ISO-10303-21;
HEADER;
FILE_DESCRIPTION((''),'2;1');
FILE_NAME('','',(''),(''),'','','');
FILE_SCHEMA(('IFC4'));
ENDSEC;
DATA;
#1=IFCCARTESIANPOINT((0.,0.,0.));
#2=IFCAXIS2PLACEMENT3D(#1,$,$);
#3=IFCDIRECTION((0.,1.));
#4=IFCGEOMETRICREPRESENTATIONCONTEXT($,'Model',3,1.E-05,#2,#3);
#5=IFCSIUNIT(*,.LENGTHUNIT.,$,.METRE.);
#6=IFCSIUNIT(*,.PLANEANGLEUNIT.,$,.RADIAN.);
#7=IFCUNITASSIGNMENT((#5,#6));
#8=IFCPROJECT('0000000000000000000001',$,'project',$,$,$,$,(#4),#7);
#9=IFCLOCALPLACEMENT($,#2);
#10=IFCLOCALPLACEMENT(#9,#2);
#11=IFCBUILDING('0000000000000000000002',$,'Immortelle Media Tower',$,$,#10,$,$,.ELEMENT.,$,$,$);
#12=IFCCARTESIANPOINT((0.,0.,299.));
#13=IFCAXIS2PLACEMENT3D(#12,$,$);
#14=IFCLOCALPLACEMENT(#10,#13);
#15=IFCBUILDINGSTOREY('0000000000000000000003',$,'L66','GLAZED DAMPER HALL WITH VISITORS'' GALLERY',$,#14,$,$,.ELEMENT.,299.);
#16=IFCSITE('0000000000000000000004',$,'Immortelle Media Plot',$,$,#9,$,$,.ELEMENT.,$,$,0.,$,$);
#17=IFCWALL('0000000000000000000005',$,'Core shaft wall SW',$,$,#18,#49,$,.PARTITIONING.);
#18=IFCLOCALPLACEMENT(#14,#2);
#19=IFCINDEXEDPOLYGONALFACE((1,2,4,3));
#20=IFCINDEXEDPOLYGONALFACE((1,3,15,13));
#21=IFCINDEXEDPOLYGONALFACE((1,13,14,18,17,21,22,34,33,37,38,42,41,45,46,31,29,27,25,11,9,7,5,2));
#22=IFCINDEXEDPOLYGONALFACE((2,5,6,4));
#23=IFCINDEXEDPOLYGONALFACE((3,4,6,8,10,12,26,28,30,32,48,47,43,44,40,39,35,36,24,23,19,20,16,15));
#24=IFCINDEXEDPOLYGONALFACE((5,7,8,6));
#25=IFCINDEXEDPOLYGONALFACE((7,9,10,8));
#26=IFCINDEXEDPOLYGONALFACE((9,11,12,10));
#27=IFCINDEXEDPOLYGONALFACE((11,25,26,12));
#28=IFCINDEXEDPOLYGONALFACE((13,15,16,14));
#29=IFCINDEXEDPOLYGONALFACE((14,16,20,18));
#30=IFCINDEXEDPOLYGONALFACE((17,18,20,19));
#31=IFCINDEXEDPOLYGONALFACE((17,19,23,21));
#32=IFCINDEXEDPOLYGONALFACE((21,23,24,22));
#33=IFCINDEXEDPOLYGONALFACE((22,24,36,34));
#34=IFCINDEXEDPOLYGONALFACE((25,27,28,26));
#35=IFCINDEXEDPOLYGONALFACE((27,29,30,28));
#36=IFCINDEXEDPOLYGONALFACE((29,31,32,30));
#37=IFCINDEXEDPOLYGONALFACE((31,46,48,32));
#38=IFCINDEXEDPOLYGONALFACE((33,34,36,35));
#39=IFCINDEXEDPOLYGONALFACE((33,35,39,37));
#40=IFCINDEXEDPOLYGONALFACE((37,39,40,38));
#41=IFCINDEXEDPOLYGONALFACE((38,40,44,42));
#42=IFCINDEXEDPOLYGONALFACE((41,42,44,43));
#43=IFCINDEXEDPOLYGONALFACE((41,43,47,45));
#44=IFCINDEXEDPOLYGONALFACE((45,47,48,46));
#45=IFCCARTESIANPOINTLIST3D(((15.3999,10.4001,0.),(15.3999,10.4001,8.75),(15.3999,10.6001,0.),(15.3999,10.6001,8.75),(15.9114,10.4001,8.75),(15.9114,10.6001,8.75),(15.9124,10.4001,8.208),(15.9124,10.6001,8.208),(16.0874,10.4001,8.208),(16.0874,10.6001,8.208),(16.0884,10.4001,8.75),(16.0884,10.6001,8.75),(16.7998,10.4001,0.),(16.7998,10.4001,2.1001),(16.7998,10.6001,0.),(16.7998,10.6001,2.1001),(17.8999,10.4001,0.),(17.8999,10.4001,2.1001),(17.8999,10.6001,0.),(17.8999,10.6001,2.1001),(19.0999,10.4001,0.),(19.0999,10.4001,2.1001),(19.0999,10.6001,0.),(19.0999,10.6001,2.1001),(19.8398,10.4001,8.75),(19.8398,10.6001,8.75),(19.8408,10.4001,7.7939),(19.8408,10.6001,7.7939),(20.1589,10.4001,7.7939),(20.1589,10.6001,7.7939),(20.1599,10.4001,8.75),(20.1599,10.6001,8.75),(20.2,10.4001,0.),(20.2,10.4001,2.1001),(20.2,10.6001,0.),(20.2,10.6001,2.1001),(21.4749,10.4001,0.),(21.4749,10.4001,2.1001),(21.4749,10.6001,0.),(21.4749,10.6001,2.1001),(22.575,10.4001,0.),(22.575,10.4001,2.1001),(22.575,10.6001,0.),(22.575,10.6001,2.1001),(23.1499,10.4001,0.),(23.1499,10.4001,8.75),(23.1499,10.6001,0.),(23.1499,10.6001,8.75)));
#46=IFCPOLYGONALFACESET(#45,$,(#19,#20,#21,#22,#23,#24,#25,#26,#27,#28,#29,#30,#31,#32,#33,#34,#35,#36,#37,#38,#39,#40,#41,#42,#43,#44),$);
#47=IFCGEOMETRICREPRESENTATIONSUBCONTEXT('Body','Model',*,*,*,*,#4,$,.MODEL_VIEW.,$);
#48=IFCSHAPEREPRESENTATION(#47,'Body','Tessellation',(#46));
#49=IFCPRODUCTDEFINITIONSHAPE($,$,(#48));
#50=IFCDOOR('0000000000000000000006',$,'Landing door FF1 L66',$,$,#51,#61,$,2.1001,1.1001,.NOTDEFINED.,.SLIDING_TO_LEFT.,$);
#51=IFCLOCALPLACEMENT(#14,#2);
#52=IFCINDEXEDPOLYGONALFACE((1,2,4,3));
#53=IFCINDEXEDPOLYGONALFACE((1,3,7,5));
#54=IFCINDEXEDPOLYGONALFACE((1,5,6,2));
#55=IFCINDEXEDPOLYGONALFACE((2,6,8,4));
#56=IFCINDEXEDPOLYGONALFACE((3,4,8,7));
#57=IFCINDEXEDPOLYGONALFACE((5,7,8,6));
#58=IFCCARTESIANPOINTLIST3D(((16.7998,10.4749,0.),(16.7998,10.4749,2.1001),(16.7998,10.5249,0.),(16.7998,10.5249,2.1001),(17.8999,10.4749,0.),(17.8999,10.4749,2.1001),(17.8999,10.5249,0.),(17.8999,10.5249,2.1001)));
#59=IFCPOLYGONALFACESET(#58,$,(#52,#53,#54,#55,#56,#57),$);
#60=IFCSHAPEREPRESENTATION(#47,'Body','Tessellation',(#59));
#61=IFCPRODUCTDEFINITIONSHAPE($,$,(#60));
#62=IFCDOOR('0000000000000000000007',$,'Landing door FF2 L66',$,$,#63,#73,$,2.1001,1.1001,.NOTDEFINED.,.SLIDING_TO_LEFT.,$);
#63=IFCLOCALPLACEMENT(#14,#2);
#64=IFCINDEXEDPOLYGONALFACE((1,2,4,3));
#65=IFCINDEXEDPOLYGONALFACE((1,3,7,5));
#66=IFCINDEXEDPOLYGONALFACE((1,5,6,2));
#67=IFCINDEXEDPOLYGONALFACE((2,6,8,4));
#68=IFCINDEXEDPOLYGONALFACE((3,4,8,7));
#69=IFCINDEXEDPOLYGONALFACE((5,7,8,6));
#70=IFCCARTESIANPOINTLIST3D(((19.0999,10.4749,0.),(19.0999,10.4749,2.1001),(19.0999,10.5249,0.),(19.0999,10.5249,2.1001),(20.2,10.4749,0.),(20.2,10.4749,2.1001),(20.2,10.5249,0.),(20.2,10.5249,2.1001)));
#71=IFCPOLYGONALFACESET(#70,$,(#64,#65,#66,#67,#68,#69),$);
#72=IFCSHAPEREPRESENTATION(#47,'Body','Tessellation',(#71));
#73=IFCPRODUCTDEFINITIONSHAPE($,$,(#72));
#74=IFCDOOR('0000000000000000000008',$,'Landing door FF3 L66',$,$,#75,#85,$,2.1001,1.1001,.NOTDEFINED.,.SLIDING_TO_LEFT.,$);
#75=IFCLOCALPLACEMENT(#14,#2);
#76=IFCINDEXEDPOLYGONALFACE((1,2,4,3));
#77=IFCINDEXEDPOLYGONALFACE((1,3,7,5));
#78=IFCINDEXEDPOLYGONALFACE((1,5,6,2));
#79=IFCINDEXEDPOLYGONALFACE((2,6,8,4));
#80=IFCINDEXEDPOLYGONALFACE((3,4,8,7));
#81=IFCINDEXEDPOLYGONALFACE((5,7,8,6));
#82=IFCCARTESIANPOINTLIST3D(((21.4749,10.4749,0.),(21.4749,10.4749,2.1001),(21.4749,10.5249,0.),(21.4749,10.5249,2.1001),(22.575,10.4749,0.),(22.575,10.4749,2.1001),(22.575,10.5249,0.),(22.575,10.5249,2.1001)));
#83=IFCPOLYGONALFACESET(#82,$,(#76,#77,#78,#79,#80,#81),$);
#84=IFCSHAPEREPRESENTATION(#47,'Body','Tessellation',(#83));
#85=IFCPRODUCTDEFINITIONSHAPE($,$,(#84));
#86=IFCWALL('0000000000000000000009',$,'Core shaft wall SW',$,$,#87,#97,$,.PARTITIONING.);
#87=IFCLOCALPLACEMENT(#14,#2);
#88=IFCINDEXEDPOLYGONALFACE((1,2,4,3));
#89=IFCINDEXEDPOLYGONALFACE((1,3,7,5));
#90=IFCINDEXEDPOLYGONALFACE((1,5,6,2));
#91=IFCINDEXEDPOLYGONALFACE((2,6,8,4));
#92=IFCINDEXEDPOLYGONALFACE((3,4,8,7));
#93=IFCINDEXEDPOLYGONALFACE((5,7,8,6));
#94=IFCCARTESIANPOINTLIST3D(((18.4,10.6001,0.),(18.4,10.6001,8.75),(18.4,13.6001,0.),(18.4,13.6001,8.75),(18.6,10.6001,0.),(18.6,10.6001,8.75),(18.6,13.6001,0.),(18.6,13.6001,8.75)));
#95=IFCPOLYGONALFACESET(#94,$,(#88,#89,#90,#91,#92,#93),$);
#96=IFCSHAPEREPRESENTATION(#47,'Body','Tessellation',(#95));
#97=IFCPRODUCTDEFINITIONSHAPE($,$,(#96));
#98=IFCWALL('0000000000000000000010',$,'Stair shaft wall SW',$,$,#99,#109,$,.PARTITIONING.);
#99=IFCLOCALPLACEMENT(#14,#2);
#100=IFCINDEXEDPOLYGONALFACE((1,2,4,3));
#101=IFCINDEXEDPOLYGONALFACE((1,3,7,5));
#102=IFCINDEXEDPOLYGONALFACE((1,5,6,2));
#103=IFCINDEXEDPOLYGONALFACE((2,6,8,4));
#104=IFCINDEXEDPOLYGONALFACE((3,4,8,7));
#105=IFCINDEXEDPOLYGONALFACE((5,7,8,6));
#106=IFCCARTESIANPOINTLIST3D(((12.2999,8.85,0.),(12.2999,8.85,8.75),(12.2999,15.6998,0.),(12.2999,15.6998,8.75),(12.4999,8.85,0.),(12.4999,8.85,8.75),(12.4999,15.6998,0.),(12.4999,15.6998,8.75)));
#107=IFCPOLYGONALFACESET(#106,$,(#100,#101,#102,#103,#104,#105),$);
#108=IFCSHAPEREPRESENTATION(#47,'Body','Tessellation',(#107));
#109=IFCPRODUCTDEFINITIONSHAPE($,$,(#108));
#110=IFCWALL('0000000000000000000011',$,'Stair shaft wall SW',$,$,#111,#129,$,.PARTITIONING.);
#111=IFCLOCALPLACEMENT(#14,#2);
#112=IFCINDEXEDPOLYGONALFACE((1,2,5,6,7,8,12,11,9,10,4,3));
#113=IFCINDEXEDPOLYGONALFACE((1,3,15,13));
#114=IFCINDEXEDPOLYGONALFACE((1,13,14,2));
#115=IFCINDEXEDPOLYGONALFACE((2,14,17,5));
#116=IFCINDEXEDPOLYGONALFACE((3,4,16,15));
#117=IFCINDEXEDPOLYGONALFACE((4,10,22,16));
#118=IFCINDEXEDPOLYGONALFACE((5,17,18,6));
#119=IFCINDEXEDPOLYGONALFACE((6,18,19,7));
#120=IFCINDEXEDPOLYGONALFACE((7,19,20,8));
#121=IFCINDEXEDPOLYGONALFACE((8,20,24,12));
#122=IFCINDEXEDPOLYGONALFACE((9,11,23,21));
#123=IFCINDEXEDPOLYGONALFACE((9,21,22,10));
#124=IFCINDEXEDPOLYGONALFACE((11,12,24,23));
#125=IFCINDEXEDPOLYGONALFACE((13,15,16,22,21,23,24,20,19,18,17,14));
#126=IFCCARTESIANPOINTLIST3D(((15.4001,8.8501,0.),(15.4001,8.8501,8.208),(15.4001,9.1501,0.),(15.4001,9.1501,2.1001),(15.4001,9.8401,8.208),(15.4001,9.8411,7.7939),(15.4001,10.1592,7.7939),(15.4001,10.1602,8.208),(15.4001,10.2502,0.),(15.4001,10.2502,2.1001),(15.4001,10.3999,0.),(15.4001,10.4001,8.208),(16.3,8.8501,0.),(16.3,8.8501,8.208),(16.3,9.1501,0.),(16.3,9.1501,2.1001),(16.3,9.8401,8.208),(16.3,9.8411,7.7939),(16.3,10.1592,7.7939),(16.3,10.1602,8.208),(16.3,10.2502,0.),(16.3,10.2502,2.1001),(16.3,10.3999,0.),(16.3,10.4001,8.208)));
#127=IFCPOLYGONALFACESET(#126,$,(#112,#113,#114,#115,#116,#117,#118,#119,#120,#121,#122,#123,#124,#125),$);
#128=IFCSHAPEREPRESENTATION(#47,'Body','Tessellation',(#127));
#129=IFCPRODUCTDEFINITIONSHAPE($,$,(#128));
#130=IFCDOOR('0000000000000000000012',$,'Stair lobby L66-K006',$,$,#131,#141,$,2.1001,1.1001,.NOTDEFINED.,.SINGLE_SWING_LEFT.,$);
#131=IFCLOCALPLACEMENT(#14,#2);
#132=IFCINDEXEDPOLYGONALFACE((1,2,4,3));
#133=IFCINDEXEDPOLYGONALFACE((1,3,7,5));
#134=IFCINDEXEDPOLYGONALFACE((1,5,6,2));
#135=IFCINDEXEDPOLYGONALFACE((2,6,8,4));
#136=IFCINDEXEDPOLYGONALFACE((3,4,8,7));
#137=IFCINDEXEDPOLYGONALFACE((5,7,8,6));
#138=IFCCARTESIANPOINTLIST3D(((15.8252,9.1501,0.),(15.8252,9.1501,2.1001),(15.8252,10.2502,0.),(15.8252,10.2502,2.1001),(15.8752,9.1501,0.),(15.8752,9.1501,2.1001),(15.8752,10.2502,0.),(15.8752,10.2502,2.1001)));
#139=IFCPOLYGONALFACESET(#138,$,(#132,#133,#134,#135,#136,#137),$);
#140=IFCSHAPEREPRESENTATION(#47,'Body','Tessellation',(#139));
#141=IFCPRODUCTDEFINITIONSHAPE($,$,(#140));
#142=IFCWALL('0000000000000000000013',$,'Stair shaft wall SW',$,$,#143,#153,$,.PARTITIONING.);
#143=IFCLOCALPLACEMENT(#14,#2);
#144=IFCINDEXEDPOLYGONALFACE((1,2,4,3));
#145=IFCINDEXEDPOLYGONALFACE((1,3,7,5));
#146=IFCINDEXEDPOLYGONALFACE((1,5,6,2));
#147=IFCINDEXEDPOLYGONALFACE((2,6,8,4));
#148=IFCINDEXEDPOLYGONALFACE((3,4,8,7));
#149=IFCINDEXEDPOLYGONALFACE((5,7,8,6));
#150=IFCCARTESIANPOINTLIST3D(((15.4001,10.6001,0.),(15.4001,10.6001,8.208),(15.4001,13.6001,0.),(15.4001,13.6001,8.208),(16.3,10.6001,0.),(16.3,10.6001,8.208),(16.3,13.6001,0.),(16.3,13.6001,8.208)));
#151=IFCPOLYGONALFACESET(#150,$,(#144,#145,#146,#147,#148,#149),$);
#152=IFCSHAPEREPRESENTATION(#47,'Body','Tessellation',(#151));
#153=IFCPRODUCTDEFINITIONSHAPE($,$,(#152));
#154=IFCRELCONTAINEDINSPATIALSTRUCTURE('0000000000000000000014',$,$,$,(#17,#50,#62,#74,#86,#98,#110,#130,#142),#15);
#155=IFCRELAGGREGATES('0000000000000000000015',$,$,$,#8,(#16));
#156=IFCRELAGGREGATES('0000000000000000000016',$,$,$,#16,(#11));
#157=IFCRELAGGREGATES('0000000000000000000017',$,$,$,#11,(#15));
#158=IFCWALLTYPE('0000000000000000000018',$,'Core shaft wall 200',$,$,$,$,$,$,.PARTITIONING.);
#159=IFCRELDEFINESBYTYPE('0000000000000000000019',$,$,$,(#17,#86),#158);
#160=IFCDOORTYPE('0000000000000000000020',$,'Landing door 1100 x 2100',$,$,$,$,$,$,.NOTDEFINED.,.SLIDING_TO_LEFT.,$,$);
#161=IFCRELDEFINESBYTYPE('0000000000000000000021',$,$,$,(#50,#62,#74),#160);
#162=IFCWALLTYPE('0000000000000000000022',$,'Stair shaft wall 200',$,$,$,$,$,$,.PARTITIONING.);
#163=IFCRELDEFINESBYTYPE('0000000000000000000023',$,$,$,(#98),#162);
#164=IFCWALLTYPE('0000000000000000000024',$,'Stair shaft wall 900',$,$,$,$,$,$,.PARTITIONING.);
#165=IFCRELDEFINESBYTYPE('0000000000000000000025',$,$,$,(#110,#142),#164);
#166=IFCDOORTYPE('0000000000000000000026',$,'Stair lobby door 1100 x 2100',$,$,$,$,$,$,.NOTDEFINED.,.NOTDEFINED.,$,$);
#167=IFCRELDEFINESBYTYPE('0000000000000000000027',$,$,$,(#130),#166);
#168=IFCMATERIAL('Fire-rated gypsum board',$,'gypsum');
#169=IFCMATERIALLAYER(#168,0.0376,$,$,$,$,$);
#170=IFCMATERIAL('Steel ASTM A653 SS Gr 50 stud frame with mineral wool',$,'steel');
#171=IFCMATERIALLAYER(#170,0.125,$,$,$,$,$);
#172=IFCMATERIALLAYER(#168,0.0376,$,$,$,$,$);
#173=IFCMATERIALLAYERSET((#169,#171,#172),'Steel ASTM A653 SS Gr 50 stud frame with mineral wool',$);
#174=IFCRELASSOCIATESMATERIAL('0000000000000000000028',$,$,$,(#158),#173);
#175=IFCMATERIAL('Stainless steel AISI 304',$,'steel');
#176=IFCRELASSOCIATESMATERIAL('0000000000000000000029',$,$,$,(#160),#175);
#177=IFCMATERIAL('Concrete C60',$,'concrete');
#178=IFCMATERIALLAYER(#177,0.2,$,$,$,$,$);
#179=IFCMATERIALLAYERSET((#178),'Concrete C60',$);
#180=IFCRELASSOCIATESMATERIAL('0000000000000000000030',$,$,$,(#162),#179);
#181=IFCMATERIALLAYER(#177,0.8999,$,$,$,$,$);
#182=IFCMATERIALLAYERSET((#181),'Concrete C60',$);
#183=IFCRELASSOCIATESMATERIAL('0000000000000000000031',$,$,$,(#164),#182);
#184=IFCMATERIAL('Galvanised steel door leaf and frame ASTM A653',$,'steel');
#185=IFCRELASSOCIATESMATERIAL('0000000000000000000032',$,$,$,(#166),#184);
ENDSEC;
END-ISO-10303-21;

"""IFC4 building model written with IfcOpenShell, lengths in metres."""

from ifc_helpers import new_model, si_unit, direction, frame, frame_2d, origin, place, context, subcontext, project, spatial, polyline, rectangle, outline, extrude, material, layer, layer_set, type_object, element, fill, save


model = new_model("IFC4")

# Units and contexts
model_context = context("Model", 3, precision=1e-05, world=origin(), true_north=direction((0.0, 1.0)))
body_context = subcontext(model_context, "Body", "Model", "MODEL_VIEW")
ifc_project = project(units=[si_unit("LENGTHUNIT", "METRE"), si_unit("PLANEANGLEUNIT", "RADIAN")], contexts=[model_context])

# Site, building, storey
site_placement = place(None, origin())
site = spatial("IfcSite", under=ifc_project, at=site_placement, Name="Immortelle Media Plot", CompositionType="ELEMENT", RefElevation=0.0)
building_placement = place(site_placement, origin())
building = spatial("IfcBuilding", under=site, at=building_placement, Name="Immortelle Media Tower", CompositionType="ELEMENT")
storey_placement = place(building_placement, frame((0.0, 0.0, 299.0)))
storey = spatial("IfcBuildingStorey", under=building, at=storey_placement, Name="L66", Description="GLAZED DAMPER HALL WITH VISITORS' GALLERY", CompositionType="ELEMENT", Elevation=299.0)

# Wall, openings, doors
ifc_material_1 = material(Name="Fire-rated gypsum board", Category="gypsum")
ifc_layer_1 = layer(ifc_material_1, 0.0376)
ifc_material_2 = material(Name="Steel ASTM A653 SS Gr 50 stud frame with mineral wool", Category="steel")
ifc_layer_2 = layer(ifc_material_2, 0.125)
ifc_layer_3 = layer(ifc_material_1, 0.0376)
ifc_layer_set_1 = layer_set([ifc_layer_1, ifc_layer_2, ifc_layer_3], Name="Steel ASTM A653 SS Gr 50 stud frame with mineral wool")
wall_type_1 = type_object("IfcWallType", Name="Core shaft wall 200", PredefinedType="PARTITIONING", material=ifc_layer_set_1)
wall_1_placement = place(storey_placement, frame((15.3999, 10.5, 0.0), z_axis=(0.0, 0.0, 1.0), x_axis=(1.0, 0.0, 0.0)))
wall_1 = element("IfcWall", 1, at=wall_1_placement, inside=storey, type_object=wall_type_1, Name="Core shaft wall SW", PredefinedType="PARTITIONING", context=body_context, shape_type="SweptSolid", body=[
    extrude(outline(polyline([(0.0, 0.0), (7.75, 0.0), (7.75, 8.75), (4.76, 8.75), (4.759, 7.7939), (4.4409, 7.7939), (4.4399, 8.75), (0.6885, 8.75), (0.6875, 8.208), (0.5125, 8.208), (0.5115, 8.75), (0.0, 8.75), (0.0, 0.0)])), frame((0.0, 0.1001, 0.0), z_axis=(0.0, -1.0, 0.0), x_axis=(1.0, 0.0, 0.0)), (0.0, 0.0, 1.0), 0.2),
])
opening_1_placement = place(wall_1_placement, frame((1.3999, 0.0, 0.0)))
opening_1 = element("IfcOpeningElement", 2, at=opening_1_placement, cuts=wall_1, PredefinedType="OPENING", context=body_context, shape_type="SweptSolid", body=[
    extrude(rectangle(XDim=1.1001, YDim=2.1001, at=frame_2d((0.55, 1.05))), frame((0.0, 0.1099, 0.0), z_axis=(0.0, -1.0, 0.0), x_axis=(1.0, 0.0, 0.0)), (0.0, 0.0, 1.0), 0.22),
])
opening_2_placement = place(wall_1_placement, frame((3.7, 0.0, 0.0)))
opening_2 = element("IfcOpeningElement", 3, at=opening_2_placement, cuts=wall_1, PredefinedType="OPENING", context=body_context, shape_type="SweptSolid", body=[
    extrude(rectangle(XDim=1.1001, YDim=2.1001, at=frame_2d((0.55, 1.05))), frame((0.0, 0.1099, 0.0), z_axis=(0.0, -1.0, 0.0), x_axis=(1.0, 0.0, 0.0)), (0.0, 0.0, 1.0), 0.22),
])
opening_3_placement = place(wall_1_placement, frame((6.075, 0.0, 0.0)))
opening_3 = element("IfcOpeningElement", 4, at=opening_3_placement, cuts=wall_1, PredefinedType="OPENING", context=body_context, shape_type="SweptSolid", body=[
    extrude(rectangle(XDim=1.1001, YDim=2.1001, at=frame_2d((0.55, 1.05))), frame((0.0, 0.1099, 0.0), z_axis=(0.0, -1.0, 0.0), x_axis=(1.0, 0.0, 0.0)), (0.0, 0.0, 1.0), 0.22),
])
ifc_material_3 = material(Name="Stainless steel AISI 304", Category="steel")
door_type_1 = type_object("IfcDoorType", Name="Landing door 1100 x 2100", OperationType="SLIDING_TO_LEFT", PredefinedType="NOTDEFINED", material=ifc_material_3)
door_1_placement = place(opening_1_placement, origin())
door_1 = element("IfcDoor", 5, at=door_1_placement, inside=storey, type_object=door_type_1, Name="Landing door FF1 L66", OperationType="SLIDING_TO_LEFT", OverallHeight=2.1001, OverallWidth=1.1001, PredefinedType="NOTDEFINED", context=body_context, shape_type="SweptSolid", body=[
    extrude(rectangle(XDim=1.1001, YDim=2.1001, at=frame_2d((0.55, 1.05))), frame((0.0, 0.0249, 0.0), z_axis=(0.0, -1.0, 0.0), x_axis=(1.0, 0.0, 0.0)), (0.0, 0.0, 1.0), 0.05),
])
fill(opening_1, door_1)
door_2_placement = place(opening_2_placement, origin())
door_2 = element("IfcDoor", 6, at=door_2_placement, inside=storey, type_object=door_type_1, Name="Landing door FF2 L66", OperationType="SLIDING_TO_LEFT", OverallHeight=2.1001, OverallWidth=1.1001, PredefinedType="NOTDEFINED", context=body_context, shape_type="SweptSolid", body=[
    extrude(rectangle(XDim=1.1001, YDim=2.1001, at=frame_2d((0.55, 1.05))), frame((0.0, 0.0249, 0.0), z_axis=(0.0, -1.0, 0.0), x_axis=(1.0, 0.0, 0.0)), (0.0, 0.0, 1.0), 0.05),
])
fill(opening_2, door_2)
door_3_placement = place(opening_3_placement, origin())
door_3 = element("IfcDoor", 7, at=door_3_placement, inside=storey, type_object=door_type_1, Name="Landing door FF3 L66", OperationType="SLIDING_TO_LEFT", OverallHeight=2.1001, OverallWidth=1.1001, PredefinedType="NOTDEFINED", context=body_context, shape_type="SweptSolid", body=[
    extrude(rectangle(XDim=1.1001, YDim=2.1001, at=frame_2d((0.55, 1.05))), frame((0.0, 0.0249, 0.0), z_axis=(0.0, -1.0, 0.0), x_axis=(1.0, 0.0, 0.0)), (0.0, 0.0, 1.0), 0.05),
])
fill(opening_3, door_3)

# Walls
wall_2_placement = place(storey_placement, frame((18.5, 10.6001, 0.0), z_axis=(0.0, 0.0, 1.0), x_axis=(0.0, 1.0, 0.0)))
element("IfcWall", 8, at=wall_2_placement, inside=storey, type_object=wall_type_1, Name="Core shaft wall SW", PredefinedType="PARTITIONING", context=body_context, shape_type="SweptSolid", body=[
    extrude(rectangle(XDim=3.0, YDim=0.2, at=frame_2d((1.5, 0.0))), origin(), (0.0, 0.0, 1.0), 8.75),
])
ifc_material_4 = material(Name="Concrete C60", Category="concrete")
ifc_layer_4 = layer(ifc_material_4, 0.2)
ifc_layer_set_2 = layer_set([ifc_layer_4], Name="Concrete C60")
wall_type_2 = type_object("IfcWallType", Name="Stair shaft wall 200", PredefinedType="PARTITIONING", material=ifc_layer_set_2)
wall_3_placement = place(storey_placement, frame((12.3999, 8.8501, 0.0), z_axis=(0.0, 0.0, 1.0), x_axis=(0.0, 1.0, 0.0)))
element("IfcWall", 9, at=wall_3_placement, inside=storey, type_object=wall_type_2, Name="Stair shaft wall SW", PredefinedType="PARTITIONING", context=body_context, shape_type="SweptSolid", body=[
    extrude(rectangle(XDim=6.8499, YDim=0.2, at=frame_2d((3.4248, 0.0))), origin(), (0.0, 0.0, 1.0), 8.75),
])

# Wall, opening, door
ifc_layer_5 = layer(ifc_material_4, 0.8999)
ifc_layer_set_3 = layer_set([ifc_layer_5], Name="Concrete C60")
wall_type_3 = type_object("IfcWallType", Name="Stair shaft wall 900", PredefinedType="PARTITIONING", material=ifc_layer_set_3)
wall_4_placement = place(storey_placement, frame((15.8501, 8.8501, 0.0), z_axis=(0.0, 0.0, 1.0), x_axis=(0.0, 1.0, 0.0)))
wall_4 = element("IfcWall", 10, at=wall_4_placement, inside=storey, type_object=wall_type_3, Name="Stair shaft wall SW", PredefinedType="PARTITIONING", context=body_context, shape_type="SweptSolid", body=[
    extrude(outline(polyline([(0.0, 0.0), (1.5498, 0.0), (1.55, 8.208), (1.3101, 8.208), (1.3091, 7.7939), (0.991, 7.7939), (0.99, 8.208), (0.0, 8.208), (0.0, 0.0)])), frame((0.0, 0.45, 0.0), z_axis=(0.0, -1.0, 0.0), x_axis=(1.0, 0.0, 0.0)), (0.0, 0.0, 1.0), 0.8999),
])
opening_4_placement = place(wall_4_placement, frame((0.3, 0.0, 0.0)))
opening_4 = element("IfcOpeningElement", 11, at=opening_4_placement, cuts=wall_4, PredefinedType="OPENING", context=body_context, shape_type="SweptSolid", body=[
    extrude(rectangle(XDim=1.1001, YDim=2.1001, at=frame_2d((0.55, 1.05))), frame((0.0, 0.46, 0.0), z_axis=(0.0, -1.0, 0.0), x_axis=(1.0, 0.0, 0.0)), (0.0, 0.0, 1.0), 0.9199),
])
ifc_material_5 = material(Name="Galvanised steel door leaf and frame ASTM A653", Category="steel")
door_type_2 = type_object("IfcDoorType", Name="Stair lobby door 1100 x 2100", OperationType="NOTDEFINED", PredefinedType="NOTDEFINED", material=ifc_material_5)
door_4_placement = place(opening_4_placement, origin())
door_4 = element("IfcDoor", 12, at=door_4_placement, inside=storey, type_object=door_type_2, Name="Stair lobby L66-K006", OperationType="SINGLE_SWING_LEFT", OverallHeight=2.1001, OverallWidth=1.1001, PredefinedType="NOTDEFINED", context=body_context, shape_type="SweptSolid", body=[
    extrude(rectangle(XDim=1.1001, YDim=2.1001, at=frame_2d((0.55, 1.05))), frame((0.0, 0.0249, 0.0), z_axis=(0.0, -1.0, 0.0), x_axis=(1.0, 0.0, 0.0)), (0.0, 0.0, 1.0), 0.05),
])
fill(opening_4, door_4)

# Wall
wall_5_placement = place(storey_placement, frame((15.8501, 10.6001, 0.0), z_axis=(0.0, 0.0, 1.0), x_axis=(0.0, 1.0, 0.0)))
element("IfcWall", 13, at=wall_5_placement, inside=storey, type_object=wall_type_3, Name="Stair shaft wall SW", PredefinedType="PARTITIONING", context=body_context, shape_type="SweptSolid", body=[
    extrude(rectangle(XDim=3.0, YDim=0.8999, at=frame_2d((1.5, 0.0))), origin(), (0.0, 0.0, 1.0), 8.208),
])

save(model, "model.ifc")
